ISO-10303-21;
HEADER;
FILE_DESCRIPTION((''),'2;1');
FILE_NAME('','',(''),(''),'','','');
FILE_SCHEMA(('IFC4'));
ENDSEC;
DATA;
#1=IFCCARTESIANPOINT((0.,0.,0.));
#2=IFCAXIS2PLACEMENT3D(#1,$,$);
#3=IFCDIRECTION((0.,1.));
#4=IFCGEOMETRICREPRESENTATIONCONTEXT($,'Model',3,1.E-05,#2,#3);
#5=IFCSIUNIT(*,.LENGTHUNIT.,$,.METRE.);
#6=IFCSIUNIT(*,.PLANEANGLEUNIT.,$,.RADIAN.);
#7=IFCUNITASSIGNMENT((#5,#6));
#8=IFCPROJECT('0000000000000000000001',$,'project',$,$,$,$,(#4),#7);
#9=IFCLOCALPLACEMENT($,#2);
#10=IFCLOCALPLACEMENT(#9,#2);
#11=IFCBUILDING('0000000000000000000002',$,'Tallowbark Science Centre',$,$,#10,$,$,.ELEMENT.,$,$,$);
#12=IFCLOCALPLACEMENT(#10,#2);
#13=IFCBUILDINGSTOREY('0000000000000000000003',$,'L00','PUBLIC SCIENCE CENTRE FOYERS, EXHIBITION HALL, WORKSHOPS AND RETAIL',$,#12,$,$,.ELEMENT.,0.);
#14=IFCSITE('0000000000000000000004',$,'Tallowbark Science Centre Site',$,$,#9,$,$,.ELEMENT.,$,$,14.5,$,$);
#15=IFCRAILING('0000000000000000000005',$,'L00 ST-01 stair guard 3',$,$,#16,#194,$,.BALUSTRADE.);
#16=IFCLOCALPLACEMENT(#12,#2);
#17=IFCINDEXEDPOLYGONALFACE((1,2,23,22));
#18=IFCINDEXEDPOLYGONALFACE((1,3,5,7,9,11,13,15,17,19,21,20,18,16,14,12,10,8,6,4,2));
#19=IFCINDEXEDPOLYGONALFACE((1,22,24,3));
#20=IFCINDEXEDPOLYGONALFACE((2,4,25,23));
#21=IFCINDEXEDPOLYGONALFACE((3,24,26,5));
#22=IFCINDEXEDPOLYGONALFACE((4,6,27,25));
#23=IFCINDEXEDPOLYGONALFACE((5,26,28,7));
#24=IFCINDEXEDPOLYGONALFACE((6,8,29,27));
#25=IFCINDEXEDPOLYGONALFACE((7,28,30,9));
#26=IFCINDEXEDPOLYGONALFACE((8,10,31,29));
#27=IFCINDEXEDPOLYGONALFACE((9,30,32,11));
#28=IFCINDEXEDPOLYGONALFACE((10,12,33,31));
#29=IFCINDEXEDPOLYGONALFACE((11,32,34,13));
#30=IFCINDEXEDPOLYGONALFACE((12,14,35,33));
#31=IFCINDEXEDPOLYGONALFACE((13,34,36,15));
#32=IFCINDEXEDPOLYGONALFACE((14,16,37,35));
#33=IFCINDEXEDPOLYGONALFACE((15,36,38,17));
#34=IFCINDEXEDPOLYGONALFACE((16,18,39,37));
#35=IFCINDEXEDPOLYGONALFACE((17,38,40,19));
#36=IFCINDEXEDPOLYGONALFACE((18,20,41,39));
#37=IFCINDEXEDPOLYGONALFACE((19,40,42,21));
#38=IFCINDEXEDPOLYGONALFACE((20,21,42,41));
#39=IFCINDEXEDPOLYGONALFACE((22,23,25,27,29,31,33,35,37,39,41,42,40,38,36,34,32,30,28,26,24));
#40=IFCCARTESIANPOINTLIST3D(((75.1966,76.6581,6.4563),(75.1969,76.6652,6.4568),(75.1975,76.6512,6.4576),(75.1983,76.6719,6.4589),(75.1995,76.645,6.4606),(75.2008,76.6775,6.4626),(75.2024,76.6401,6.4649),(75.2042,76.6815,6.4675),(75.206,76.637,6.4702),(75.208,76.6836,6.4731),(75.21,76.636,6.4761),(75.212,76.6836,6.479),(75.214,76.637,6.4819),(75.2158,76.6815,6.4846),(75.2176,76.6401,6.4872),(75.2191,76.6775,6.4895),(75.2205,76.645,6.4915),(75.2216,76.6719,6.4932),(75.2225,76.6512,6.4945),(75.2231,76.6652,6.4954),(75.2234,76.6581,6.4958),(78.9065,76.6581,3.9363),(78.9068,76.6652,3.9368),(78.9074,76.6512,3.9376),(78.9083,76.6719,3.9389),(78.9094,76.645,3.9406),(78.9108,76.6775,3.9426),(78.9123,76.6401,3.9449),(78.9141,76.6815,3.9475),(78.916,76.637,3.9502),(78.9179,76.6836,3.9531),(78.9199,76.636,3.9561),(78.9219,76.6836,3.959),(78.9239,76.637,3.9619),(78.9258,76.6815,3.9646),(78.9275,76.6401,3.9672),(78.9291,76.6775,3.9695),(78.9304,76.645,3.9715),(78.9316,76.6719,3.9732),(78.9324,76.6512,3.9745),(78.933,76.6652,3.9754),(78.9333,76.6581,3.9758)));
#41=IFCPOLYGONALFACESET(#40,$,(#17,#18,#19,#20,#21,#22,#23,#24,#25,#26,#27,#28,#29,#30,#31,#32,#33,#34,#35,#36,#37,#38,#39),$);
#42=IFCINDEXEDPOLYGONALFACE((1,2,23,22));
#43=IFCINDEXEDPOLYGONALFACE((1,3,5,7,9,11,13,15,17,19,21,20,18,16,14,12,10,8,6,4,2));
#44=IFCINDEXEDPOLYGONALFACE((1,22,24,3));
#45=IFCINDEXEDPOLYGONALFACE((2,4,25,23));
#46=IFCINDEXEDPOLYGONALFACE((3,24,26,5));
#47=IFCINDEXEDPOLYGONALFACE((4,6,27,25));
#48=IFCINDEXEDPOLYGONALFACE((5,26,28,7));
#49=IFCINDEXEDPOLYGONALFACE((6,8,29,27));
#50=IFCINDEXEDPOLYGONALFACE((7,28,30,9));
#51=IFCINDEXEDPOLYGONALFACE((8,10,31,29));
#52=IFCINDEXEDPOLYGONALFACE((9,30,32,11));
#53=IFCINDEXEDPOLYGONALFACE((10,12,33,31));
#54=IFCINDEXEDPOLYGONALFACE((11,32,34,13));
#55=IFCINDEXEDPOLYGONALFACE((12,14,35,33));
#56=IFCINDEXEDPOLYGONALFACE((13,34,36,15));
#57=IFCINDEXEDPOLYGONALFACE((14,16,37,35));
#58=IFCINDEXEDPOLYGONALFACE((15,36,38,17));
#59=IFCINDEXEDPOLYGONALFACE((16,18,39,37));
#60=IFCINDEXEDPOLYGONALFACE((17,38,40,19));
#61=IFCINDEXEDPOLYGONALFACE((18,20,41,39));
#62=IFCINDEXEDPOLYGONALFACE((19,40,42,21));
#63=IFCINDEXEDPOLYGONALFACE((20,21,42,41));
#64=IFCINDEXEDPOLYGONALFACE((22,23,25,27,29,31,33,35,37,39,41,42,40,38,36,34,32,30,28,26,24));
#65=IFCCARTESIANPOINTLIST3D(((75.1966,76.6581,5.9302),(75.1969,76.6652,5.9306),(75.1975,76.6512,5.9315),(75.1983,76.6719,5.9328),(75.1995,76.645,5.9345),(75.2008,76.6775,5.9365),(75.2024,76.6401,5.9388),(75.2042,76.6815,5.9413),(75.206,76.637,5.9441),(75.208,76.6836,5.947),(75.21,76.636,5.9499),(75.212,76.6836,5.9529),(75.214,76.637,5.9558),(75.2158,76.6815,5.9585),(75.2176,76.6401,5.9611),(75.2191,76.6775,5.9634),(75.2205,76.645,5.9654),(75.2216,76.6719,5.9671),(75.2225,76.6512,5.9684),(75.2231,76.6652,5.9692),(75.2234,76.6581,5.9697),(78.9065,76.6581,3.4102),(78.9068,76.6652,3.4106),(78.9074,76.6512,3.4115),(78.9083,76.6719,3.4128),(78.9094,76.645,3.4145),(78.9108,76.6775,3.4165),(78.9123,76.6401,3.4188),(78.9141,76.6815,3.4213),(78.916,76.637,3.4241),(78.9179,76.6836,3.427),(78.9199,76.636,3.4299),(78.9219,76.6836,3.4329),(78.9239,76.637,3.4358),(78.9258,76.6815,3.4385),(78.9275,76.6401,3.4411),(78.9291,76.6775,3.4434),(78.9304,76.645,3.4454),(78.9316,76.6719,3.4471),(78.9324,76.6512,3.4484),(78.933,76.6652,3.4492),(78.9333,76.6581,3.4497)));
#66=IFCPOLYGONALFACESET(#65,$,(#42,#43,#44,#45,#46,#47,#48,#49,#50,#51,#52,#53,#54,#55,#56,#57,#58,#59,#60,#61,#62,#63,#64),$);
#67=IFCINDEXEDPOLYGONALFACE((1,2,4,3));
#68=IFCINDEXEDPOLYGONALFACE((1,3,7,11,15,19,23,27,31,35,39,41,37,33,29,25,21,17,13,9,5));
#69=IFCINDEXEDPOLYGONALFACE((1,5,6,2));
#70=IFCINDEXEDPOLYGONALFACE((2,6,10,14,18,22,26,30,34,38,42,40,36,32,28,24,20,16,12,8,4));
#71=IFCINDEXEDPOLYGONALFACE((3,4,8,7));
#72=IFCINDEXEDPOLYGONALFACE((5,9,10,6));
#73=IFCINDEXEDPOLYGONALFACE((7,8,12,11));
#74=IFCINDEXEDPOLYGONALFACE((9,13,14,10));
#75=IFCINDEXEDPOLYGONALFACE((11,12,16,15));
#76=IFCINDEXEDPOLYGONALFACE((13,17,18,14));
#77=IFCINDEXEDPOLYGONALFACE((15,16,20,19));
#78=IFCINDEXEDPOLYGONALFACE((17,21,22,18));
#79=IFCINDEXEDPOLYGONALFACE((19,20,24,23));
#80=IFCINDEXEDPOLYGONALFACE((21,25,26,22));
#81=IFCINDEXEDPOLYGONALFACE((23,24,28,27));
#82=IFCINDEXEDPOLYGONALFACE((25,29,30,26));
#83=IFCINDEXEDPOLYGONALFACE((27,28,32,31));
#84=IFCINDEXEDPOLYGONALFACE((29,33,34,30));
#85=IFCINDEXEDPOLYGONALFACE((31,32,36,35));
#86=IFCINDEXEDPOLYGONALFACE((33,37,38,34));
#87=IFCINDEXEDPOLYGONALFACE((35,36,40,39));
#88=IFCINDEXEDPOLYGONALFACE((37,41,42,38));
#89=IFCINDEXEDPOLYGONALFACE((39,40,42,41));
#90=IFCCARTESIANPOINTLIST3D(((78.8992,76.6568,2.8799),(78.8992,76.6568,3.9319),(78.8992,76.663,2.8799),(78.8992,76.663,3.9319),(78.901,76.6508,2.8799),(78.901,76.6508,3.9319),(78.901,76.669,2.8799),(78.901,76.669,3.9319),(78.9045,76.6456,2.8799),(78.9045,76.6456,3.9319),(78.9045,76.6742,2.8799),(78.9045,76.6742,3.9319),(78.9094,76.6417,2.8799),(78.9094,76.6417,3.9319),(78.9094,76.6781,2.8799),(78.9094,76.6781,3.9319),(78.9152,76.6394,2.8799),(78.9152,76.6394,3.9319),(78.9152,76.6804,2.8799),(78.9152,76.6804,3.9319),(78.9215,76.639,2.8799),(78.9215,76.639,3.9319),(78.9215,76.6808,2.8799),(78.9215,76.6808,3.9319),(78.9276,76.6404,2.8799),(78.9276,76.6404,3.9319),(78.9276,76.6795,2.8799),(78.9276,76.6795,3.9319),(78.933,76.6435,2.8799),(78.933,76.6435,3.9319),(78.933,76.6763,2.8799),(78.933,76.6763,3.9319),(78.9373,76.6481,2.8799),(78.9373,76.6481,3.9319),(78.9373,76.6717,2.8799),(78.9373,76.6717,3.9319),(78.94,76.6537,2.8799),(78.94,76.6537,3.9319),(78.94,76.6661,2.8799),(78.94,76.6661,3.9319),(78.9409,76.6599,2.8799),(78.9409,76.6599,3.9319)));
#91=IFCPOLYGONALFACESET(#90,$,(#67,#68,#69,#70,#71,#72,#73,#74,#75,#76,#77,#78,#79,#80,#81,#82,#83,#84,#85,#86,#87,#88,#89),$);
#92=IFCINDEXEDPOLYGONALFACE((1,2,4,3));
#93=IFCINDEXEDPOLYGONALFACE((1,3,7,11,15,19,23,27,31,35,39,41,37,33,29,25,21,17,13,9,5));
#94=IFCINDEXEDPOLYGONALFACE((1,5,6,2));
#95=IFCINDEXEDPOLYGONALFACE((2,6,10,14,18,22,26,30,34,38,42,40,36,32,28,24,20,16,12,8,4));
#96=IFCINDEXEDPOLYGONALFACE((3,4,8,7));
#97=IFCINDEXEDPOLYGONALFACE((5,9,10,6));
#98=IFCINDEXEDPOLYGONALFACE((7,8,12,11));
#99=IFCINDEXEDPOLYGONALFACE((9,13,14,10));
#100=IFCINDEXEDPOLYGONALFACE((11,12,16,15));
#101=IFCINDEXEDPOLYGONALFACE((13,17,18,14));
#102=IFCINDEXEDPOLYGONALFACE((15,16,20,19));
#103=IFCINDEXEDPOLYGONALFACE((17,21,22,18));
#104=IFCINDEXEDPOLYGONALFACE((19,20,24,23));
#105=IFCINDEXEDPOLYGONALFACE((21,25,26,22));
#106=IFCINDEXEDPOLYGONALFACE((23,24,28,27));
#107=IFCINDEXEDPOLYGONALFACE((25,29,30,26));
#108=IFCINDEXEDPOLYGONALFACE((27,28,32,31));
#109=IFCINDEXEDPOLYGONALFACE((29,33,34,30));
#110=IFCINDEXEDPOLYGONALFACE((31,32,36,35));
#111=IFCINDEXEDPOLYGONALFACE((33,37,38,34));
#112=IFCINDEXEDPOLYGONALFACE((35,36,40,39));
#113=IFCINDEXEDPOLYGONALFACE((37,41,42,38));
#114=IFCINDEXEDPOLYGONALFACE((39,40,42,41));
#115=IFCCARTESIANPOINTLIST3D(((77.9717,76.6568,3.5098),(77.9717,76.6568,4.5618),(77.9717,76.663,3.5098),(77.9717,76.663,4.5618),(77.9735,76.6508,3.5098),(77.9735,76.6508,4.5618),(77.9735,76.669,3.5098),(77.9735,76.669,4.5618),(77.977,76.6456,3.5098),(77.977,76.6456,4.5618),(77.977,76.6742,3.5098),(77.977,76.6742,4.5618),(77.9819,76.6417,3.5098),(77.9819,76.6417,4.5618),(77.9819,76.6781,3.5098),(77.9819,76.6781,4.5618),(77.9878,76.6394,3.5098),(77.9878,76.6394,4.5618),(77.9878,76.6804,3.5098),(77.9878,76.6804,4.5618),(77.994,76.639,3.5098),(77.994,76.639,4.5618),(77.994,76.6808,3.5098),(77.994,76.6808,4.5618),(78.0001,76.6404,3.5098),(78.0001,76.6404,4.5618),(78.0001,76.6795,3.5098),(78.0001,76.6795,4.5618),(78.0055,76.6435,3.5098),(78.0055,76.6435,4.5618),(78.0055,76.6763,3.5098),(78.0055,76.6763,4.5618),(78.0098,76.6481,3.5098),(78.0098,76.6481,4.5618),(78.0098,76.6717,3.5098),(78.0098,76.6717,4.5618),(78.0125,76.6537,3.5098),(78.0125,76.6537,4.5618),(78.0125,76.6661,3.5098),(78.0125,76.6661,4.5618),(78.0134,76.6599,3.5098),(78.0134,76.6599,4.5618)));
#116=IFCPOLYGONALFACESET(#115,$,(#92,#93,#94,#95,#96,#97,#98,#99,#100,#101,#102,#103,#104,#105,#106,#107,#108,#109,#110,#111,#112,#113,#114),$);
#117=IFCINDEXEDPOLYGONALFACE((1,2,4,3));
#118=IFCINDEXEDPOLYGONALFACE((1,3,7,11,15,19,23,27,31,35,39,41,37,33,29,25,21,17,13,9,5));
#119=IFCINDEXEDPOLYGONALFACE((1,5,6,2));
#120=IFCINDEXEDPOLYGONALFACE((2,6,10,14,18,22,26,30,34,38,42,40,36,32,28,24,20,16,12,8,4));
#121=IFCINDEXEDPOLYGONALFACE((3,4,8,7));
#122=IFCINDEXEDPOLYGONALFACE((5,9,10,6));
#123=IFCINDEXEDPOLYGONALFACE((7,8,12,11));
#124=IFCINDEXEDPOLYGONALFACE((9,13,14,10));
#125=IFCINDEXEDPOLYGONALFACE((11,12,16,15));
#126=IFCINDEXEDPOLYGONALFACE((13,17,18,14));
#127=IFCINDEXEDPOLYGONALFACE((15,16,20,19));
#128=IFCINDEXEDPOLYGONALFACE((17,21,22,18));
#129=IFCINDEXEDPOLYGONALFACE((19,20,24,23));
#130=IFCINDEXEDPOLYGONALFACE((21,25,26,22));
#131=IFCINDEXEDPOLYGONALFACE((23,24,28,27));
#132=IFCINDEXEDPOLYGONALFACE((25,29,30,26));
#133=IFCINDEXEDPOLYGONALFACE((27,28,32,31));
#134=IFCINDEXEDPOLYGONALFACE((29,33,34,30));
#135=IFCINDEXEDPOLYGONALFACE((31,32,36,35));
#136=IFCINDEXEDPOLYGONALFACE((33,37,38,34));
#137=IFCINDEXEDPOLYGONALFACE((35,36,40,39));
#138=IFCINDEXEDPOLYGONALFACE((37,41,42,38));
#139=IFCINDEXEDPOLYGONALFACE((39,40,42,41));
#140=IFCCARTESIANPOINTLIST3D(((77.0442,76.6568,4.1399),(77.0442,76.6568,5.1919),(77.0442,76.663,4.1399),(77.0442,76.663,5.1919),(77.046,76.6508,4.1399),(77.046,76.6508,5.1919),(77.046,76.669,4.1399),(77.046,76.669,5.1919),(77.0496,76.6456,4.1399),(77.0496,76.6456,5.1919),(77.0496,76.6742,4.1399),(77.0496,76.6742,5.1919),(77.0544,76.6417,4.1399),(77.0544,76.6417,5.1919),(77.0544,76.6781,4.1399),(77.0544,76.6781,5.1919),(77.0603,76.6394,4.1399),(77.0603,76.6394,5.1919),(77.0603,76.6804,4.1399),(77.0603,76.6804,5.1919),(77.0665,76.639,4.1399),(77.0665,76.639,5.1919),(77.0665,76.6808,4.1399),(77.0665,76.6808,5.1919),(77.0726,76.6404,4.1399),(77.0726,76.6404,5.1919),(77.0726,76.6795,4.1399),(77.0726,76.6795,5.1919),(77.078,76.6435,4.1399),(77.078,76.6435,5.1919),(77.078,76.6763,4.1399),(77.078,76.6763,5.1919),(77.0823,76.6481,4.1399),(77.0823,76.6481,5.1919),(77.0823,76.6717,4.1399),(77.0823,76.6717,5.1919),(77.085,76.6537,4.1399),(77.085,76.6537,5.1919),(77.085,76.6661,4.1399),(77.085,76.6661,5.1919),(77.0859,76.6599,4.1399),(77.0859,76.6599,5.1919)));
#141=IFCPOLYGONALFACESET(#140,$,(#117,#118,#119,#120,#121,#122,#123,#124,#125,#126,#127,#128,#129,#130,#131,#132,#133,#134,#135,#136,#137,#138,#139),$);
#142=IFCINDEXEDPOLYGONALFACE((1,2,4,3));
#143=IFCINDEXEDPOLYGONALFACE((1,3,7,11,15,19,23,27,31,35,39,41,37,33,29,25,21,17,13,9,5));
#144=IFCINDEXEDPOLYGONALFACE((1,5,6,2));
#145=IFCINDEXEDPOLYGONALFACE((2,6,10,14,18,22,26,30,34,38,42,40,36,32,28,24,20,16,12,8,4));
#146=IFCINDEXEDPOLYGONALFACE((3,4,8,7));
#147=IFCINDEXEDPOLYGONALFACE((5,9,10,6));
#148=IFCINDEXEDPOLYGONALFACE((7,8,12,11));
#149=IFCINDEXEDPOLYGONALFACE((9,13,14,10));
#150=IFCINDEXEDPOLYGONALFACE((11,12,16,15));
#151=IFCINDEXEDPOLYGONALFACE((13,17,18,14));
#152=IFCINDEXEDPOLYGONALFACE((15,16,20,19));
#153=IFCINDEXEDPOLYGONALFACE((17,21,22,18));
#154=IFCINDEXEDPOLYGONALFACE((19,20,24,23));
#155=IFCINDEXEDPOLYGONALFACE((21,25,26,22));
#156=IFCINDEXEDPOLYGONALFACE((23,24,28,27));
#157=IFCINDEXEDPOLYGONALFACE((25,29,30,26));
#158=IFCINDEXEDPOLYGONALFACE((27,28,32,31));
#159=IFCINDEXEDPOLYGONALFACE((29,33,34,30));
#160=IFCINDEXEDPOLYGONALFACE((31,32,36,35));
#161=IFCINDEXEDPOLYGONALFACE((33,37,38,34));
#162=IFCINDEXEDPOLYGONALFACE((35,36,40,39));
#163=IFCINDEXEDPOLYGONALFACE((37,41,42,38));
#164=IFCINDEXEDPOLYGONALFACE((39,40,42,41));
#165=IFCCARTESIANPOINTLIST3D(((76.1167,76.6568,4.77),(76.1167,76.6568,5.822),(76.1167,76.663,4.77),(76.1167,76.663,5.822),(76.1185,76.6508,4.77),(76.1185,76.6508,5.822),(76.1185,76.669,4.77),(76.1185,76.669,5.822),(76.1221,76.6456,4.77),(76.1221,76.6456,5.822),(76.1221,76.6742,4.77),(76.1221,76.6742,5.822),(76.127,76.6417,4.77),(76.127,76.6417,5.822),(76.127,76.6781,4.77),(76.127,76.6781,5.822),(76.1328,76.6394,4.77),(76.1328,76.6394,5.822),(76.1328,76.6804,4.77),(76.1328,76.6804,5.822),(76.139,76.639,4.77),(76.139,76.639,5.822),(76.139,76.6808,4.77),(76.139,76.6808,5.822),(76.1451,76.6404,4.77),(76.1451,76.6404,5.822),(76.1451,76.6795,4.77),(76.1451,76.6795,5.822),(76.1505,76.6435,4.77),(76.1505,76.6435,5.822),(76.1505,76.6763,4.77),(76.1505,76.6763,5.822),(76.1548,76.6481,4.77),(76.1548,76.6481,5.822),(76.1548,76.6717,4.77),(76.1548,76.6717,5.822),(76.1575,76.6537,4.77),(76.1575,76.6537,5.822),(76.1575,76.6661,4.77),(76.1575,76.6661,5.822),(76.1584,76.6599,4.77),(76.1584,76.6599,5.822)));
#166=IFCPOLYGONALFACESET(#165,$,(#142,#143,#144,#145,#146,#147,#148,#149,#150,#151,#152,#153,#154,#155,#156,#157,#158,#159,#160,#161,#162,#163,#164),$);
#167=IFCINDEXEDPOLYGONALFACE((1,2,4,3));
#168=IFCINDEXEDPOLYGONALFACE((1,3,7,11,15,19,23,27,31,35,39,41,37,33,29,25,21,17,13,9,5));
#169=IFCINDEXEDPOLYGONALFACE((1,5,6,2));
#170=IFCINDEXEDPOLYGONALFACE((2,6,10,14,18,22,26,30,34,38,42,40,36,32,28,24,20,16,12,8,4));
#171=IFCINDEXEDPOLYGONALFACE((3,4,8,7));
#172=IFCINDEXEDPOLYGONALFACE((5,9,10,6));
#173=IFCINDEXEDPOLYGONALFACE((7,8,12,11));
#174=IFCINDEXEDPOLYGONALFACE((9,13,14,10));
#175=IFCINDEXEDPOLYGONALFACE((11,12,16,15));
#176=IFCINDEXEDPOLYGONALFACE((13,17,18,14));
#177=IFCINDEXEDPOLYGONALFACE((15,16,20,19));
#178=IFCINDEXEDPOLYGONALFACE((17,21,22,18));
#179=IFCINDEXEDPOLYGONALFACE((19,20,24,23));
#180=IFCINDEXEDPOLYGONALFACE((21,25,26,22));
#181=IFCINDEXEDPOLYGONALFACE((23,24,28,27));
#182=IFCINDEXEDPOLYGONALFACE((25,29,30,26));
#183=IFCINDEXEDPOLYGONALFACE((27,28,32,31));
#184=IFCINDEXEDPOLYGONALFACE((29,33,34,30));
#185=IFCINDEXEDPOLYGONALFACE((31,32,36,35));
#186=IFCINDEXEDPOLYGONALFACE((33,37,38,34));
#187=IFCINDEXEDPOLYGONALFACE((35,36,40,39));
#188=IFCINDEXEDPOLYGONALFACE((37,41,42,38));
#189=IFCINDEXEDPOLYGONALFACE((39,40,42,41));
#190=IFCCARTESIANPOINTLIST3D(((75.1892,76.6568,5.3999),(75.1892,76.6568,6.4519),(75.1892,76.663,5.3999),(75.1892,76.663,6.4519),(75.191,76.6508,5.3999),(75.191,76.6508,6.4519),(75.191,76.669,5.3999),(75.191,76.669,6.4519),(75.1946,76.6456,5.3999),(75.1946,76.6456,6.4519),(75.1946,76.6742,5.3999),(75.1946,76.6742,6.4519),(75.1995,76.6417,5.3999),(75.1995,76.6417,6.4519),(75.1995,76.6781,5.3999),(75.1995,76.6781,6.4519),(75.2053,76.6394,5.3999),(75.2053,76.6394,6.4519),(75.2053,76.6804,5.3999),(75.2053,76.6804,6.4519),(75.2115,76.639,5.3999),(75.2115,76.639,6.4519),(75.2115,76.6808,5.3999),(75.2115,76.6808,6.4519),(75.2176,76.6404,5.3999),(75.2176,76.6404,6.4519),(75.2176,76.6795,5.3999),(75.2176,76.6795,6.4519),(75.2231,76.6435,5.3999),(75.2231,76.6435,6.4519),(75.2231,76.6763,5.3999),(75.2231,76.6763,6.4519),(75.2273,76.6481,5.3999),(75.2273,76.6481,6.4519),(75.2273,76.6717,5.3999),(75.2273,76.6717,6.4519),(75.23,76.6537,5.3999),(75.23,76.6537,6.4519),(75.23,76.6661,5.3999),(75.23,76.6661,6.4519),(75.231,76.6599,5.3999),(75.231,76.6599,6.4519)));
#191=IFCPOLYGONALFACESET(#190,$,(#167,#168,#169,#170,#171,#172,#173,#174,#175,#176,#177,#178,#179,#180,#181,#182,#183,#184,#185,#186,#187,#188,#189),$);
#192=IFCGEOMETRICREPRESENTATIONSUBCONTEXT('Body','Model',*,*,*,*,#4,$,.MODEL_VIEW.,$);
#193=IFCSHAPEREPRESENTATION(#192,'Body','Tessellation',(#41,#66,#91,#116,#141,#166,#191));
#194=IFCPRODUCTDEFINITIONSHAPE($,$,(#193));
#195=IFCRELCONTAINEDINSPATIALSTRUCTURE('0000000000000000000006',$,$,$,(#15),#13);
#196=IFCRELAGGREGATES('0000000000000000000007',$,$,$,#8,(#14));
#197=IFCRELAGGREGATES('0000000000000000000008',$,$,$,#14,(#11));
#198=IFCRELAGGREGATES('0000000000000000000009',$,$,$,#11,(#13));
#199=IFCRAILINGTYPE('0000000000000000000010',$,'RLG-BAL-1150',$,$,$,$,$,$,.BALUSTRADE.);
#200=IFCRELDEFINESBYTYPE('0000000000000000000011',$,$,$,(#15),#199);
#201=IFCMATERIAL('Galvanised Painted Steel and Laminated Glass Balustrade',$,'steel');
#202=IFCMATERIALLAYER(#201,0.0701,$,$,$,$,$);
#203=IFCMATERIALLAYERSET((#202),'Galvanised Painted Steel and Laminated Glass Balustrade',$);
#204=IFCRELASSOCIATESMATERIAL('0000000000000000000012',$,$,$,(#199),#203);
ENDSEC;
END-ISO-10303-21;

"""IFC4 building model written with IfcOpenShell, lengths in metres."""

from ifc_helpers import new_model, si_unit, direction, frame, origin, origin_2d, place, context, subcontext, project, spatial, circle, extrude, material, layer, layer_set, type_object, element, save


model = new_model("IFC4")

# Units and contexts
model_context = context("Model", 3, precision=1e-05, world=origin(), true_north=direction((0.0, 1.0)))
body_context = subcontext(model_context, "Body", "Model", "MODEL_VIEW")
ifc_project = project(units=[si_unit("LENGTHUNIT", "METRE"), si_unit("PLANEANGLEUNIT", "RADIAN")], contexts=[model_context])

# Site, building, storey
site_placement = place(None, origin())
site = spatial("IfcSite", under=ifc_project, at=site_placement, Name="Tallowbark Science Centre Site", CompositionType="ELEMENT", RefElevation=14.5)
building_placement = place(site_placement, origin())
building = spatial("IfcBuilding", under=site, at=building_placement, Name="Tallowbark Science Centre", CompositionType="ELEMENT")
storey_placement = place(building_placement, origin())
storey = spatial("IfcBuildingStorey", under=building, at=storey_placement, Name="L00", Description="PUBLIC SCIENCE CENTRE FOYERS, EXHIBITION HALL, WORKSHOPS AND RETAIL", CompositionType="ELEMENT", Elevation=0.0)

# Railing
ifc_material_1 = material(Name="Galvanised Painted Steel and Laminated Glass Balustrade", Category="steel")
ifc_layer_1 = layer(ifc_material_1, 0.0701)
ifc_layer_set_1 = layer_set([ifc_layer_1], Name="Galvanised Painted Steel and Laminated Glass Balustrade")
railing_type_1 = type_object("IfcRailingType", Name="RLG-BAL-1150", PredefinedType="BALUSTRADE", material=ifc_layer_set_1)
railing_1_placement = place(storey_placement, frame((78.9199, 76.6599, 2.8799)))
element("IfcRailing", 1, at=railing_1_placement, inside=storey, type_object=railing_type_1, Name="L00 ST-01 stair guard 3", PredefinedType="BALUSTRADE", context=body_context, shape_type="SweptSolid", body=[
    extrude(circle(Radius=0.0239, at=origin_2d()), frame((0.0, 0.0, 1.0762), z_axis=(-0.827212, 0.0, 0.56189), x_axis=(0.0, -1.0, 0.0)), (0.0, 0.0, 1.0), 4.4849),
    extrude(circle(Radius=0.0239, at=origin_2d()), frame((0.0, 0.0, 0.55), z_axis=(-0.827212, 0.0, 0.56189), x_axis=(0.0, -1.0, 0.0)), (0.0, 0.0, 1.0), 4.4849),
    extrude(circle(Radius=0.021, at=origin_2d()), origin(), (0.0, 0.0, 1.0), 1.052),
    extrude(circle(Radius=0.021, at=origin_2d()), frame((-0.9275, 0.0, 0.6299)), (0.0, 0.0, 1.0), 1.052),
    extrude(circle(Radius=0.021, at=origin_2d()), frame((-1.855, 0.0, 1.26)), (0.0, 0.0, 1.0), 1.052),
    extrude(circle(Radius=0.021, at=origin_2d()), frame((-2.7825, 0.0, 1.8901)), (0.0, 0.0, 1.0), 1.052),
    extrude(circle(Radius=0.021, at=origin_2d()), frame((-3.71, 0.0, 2.52)), (0.0, 0.0, 1.0), 1.052),
])

save(model, "model.ifc")
